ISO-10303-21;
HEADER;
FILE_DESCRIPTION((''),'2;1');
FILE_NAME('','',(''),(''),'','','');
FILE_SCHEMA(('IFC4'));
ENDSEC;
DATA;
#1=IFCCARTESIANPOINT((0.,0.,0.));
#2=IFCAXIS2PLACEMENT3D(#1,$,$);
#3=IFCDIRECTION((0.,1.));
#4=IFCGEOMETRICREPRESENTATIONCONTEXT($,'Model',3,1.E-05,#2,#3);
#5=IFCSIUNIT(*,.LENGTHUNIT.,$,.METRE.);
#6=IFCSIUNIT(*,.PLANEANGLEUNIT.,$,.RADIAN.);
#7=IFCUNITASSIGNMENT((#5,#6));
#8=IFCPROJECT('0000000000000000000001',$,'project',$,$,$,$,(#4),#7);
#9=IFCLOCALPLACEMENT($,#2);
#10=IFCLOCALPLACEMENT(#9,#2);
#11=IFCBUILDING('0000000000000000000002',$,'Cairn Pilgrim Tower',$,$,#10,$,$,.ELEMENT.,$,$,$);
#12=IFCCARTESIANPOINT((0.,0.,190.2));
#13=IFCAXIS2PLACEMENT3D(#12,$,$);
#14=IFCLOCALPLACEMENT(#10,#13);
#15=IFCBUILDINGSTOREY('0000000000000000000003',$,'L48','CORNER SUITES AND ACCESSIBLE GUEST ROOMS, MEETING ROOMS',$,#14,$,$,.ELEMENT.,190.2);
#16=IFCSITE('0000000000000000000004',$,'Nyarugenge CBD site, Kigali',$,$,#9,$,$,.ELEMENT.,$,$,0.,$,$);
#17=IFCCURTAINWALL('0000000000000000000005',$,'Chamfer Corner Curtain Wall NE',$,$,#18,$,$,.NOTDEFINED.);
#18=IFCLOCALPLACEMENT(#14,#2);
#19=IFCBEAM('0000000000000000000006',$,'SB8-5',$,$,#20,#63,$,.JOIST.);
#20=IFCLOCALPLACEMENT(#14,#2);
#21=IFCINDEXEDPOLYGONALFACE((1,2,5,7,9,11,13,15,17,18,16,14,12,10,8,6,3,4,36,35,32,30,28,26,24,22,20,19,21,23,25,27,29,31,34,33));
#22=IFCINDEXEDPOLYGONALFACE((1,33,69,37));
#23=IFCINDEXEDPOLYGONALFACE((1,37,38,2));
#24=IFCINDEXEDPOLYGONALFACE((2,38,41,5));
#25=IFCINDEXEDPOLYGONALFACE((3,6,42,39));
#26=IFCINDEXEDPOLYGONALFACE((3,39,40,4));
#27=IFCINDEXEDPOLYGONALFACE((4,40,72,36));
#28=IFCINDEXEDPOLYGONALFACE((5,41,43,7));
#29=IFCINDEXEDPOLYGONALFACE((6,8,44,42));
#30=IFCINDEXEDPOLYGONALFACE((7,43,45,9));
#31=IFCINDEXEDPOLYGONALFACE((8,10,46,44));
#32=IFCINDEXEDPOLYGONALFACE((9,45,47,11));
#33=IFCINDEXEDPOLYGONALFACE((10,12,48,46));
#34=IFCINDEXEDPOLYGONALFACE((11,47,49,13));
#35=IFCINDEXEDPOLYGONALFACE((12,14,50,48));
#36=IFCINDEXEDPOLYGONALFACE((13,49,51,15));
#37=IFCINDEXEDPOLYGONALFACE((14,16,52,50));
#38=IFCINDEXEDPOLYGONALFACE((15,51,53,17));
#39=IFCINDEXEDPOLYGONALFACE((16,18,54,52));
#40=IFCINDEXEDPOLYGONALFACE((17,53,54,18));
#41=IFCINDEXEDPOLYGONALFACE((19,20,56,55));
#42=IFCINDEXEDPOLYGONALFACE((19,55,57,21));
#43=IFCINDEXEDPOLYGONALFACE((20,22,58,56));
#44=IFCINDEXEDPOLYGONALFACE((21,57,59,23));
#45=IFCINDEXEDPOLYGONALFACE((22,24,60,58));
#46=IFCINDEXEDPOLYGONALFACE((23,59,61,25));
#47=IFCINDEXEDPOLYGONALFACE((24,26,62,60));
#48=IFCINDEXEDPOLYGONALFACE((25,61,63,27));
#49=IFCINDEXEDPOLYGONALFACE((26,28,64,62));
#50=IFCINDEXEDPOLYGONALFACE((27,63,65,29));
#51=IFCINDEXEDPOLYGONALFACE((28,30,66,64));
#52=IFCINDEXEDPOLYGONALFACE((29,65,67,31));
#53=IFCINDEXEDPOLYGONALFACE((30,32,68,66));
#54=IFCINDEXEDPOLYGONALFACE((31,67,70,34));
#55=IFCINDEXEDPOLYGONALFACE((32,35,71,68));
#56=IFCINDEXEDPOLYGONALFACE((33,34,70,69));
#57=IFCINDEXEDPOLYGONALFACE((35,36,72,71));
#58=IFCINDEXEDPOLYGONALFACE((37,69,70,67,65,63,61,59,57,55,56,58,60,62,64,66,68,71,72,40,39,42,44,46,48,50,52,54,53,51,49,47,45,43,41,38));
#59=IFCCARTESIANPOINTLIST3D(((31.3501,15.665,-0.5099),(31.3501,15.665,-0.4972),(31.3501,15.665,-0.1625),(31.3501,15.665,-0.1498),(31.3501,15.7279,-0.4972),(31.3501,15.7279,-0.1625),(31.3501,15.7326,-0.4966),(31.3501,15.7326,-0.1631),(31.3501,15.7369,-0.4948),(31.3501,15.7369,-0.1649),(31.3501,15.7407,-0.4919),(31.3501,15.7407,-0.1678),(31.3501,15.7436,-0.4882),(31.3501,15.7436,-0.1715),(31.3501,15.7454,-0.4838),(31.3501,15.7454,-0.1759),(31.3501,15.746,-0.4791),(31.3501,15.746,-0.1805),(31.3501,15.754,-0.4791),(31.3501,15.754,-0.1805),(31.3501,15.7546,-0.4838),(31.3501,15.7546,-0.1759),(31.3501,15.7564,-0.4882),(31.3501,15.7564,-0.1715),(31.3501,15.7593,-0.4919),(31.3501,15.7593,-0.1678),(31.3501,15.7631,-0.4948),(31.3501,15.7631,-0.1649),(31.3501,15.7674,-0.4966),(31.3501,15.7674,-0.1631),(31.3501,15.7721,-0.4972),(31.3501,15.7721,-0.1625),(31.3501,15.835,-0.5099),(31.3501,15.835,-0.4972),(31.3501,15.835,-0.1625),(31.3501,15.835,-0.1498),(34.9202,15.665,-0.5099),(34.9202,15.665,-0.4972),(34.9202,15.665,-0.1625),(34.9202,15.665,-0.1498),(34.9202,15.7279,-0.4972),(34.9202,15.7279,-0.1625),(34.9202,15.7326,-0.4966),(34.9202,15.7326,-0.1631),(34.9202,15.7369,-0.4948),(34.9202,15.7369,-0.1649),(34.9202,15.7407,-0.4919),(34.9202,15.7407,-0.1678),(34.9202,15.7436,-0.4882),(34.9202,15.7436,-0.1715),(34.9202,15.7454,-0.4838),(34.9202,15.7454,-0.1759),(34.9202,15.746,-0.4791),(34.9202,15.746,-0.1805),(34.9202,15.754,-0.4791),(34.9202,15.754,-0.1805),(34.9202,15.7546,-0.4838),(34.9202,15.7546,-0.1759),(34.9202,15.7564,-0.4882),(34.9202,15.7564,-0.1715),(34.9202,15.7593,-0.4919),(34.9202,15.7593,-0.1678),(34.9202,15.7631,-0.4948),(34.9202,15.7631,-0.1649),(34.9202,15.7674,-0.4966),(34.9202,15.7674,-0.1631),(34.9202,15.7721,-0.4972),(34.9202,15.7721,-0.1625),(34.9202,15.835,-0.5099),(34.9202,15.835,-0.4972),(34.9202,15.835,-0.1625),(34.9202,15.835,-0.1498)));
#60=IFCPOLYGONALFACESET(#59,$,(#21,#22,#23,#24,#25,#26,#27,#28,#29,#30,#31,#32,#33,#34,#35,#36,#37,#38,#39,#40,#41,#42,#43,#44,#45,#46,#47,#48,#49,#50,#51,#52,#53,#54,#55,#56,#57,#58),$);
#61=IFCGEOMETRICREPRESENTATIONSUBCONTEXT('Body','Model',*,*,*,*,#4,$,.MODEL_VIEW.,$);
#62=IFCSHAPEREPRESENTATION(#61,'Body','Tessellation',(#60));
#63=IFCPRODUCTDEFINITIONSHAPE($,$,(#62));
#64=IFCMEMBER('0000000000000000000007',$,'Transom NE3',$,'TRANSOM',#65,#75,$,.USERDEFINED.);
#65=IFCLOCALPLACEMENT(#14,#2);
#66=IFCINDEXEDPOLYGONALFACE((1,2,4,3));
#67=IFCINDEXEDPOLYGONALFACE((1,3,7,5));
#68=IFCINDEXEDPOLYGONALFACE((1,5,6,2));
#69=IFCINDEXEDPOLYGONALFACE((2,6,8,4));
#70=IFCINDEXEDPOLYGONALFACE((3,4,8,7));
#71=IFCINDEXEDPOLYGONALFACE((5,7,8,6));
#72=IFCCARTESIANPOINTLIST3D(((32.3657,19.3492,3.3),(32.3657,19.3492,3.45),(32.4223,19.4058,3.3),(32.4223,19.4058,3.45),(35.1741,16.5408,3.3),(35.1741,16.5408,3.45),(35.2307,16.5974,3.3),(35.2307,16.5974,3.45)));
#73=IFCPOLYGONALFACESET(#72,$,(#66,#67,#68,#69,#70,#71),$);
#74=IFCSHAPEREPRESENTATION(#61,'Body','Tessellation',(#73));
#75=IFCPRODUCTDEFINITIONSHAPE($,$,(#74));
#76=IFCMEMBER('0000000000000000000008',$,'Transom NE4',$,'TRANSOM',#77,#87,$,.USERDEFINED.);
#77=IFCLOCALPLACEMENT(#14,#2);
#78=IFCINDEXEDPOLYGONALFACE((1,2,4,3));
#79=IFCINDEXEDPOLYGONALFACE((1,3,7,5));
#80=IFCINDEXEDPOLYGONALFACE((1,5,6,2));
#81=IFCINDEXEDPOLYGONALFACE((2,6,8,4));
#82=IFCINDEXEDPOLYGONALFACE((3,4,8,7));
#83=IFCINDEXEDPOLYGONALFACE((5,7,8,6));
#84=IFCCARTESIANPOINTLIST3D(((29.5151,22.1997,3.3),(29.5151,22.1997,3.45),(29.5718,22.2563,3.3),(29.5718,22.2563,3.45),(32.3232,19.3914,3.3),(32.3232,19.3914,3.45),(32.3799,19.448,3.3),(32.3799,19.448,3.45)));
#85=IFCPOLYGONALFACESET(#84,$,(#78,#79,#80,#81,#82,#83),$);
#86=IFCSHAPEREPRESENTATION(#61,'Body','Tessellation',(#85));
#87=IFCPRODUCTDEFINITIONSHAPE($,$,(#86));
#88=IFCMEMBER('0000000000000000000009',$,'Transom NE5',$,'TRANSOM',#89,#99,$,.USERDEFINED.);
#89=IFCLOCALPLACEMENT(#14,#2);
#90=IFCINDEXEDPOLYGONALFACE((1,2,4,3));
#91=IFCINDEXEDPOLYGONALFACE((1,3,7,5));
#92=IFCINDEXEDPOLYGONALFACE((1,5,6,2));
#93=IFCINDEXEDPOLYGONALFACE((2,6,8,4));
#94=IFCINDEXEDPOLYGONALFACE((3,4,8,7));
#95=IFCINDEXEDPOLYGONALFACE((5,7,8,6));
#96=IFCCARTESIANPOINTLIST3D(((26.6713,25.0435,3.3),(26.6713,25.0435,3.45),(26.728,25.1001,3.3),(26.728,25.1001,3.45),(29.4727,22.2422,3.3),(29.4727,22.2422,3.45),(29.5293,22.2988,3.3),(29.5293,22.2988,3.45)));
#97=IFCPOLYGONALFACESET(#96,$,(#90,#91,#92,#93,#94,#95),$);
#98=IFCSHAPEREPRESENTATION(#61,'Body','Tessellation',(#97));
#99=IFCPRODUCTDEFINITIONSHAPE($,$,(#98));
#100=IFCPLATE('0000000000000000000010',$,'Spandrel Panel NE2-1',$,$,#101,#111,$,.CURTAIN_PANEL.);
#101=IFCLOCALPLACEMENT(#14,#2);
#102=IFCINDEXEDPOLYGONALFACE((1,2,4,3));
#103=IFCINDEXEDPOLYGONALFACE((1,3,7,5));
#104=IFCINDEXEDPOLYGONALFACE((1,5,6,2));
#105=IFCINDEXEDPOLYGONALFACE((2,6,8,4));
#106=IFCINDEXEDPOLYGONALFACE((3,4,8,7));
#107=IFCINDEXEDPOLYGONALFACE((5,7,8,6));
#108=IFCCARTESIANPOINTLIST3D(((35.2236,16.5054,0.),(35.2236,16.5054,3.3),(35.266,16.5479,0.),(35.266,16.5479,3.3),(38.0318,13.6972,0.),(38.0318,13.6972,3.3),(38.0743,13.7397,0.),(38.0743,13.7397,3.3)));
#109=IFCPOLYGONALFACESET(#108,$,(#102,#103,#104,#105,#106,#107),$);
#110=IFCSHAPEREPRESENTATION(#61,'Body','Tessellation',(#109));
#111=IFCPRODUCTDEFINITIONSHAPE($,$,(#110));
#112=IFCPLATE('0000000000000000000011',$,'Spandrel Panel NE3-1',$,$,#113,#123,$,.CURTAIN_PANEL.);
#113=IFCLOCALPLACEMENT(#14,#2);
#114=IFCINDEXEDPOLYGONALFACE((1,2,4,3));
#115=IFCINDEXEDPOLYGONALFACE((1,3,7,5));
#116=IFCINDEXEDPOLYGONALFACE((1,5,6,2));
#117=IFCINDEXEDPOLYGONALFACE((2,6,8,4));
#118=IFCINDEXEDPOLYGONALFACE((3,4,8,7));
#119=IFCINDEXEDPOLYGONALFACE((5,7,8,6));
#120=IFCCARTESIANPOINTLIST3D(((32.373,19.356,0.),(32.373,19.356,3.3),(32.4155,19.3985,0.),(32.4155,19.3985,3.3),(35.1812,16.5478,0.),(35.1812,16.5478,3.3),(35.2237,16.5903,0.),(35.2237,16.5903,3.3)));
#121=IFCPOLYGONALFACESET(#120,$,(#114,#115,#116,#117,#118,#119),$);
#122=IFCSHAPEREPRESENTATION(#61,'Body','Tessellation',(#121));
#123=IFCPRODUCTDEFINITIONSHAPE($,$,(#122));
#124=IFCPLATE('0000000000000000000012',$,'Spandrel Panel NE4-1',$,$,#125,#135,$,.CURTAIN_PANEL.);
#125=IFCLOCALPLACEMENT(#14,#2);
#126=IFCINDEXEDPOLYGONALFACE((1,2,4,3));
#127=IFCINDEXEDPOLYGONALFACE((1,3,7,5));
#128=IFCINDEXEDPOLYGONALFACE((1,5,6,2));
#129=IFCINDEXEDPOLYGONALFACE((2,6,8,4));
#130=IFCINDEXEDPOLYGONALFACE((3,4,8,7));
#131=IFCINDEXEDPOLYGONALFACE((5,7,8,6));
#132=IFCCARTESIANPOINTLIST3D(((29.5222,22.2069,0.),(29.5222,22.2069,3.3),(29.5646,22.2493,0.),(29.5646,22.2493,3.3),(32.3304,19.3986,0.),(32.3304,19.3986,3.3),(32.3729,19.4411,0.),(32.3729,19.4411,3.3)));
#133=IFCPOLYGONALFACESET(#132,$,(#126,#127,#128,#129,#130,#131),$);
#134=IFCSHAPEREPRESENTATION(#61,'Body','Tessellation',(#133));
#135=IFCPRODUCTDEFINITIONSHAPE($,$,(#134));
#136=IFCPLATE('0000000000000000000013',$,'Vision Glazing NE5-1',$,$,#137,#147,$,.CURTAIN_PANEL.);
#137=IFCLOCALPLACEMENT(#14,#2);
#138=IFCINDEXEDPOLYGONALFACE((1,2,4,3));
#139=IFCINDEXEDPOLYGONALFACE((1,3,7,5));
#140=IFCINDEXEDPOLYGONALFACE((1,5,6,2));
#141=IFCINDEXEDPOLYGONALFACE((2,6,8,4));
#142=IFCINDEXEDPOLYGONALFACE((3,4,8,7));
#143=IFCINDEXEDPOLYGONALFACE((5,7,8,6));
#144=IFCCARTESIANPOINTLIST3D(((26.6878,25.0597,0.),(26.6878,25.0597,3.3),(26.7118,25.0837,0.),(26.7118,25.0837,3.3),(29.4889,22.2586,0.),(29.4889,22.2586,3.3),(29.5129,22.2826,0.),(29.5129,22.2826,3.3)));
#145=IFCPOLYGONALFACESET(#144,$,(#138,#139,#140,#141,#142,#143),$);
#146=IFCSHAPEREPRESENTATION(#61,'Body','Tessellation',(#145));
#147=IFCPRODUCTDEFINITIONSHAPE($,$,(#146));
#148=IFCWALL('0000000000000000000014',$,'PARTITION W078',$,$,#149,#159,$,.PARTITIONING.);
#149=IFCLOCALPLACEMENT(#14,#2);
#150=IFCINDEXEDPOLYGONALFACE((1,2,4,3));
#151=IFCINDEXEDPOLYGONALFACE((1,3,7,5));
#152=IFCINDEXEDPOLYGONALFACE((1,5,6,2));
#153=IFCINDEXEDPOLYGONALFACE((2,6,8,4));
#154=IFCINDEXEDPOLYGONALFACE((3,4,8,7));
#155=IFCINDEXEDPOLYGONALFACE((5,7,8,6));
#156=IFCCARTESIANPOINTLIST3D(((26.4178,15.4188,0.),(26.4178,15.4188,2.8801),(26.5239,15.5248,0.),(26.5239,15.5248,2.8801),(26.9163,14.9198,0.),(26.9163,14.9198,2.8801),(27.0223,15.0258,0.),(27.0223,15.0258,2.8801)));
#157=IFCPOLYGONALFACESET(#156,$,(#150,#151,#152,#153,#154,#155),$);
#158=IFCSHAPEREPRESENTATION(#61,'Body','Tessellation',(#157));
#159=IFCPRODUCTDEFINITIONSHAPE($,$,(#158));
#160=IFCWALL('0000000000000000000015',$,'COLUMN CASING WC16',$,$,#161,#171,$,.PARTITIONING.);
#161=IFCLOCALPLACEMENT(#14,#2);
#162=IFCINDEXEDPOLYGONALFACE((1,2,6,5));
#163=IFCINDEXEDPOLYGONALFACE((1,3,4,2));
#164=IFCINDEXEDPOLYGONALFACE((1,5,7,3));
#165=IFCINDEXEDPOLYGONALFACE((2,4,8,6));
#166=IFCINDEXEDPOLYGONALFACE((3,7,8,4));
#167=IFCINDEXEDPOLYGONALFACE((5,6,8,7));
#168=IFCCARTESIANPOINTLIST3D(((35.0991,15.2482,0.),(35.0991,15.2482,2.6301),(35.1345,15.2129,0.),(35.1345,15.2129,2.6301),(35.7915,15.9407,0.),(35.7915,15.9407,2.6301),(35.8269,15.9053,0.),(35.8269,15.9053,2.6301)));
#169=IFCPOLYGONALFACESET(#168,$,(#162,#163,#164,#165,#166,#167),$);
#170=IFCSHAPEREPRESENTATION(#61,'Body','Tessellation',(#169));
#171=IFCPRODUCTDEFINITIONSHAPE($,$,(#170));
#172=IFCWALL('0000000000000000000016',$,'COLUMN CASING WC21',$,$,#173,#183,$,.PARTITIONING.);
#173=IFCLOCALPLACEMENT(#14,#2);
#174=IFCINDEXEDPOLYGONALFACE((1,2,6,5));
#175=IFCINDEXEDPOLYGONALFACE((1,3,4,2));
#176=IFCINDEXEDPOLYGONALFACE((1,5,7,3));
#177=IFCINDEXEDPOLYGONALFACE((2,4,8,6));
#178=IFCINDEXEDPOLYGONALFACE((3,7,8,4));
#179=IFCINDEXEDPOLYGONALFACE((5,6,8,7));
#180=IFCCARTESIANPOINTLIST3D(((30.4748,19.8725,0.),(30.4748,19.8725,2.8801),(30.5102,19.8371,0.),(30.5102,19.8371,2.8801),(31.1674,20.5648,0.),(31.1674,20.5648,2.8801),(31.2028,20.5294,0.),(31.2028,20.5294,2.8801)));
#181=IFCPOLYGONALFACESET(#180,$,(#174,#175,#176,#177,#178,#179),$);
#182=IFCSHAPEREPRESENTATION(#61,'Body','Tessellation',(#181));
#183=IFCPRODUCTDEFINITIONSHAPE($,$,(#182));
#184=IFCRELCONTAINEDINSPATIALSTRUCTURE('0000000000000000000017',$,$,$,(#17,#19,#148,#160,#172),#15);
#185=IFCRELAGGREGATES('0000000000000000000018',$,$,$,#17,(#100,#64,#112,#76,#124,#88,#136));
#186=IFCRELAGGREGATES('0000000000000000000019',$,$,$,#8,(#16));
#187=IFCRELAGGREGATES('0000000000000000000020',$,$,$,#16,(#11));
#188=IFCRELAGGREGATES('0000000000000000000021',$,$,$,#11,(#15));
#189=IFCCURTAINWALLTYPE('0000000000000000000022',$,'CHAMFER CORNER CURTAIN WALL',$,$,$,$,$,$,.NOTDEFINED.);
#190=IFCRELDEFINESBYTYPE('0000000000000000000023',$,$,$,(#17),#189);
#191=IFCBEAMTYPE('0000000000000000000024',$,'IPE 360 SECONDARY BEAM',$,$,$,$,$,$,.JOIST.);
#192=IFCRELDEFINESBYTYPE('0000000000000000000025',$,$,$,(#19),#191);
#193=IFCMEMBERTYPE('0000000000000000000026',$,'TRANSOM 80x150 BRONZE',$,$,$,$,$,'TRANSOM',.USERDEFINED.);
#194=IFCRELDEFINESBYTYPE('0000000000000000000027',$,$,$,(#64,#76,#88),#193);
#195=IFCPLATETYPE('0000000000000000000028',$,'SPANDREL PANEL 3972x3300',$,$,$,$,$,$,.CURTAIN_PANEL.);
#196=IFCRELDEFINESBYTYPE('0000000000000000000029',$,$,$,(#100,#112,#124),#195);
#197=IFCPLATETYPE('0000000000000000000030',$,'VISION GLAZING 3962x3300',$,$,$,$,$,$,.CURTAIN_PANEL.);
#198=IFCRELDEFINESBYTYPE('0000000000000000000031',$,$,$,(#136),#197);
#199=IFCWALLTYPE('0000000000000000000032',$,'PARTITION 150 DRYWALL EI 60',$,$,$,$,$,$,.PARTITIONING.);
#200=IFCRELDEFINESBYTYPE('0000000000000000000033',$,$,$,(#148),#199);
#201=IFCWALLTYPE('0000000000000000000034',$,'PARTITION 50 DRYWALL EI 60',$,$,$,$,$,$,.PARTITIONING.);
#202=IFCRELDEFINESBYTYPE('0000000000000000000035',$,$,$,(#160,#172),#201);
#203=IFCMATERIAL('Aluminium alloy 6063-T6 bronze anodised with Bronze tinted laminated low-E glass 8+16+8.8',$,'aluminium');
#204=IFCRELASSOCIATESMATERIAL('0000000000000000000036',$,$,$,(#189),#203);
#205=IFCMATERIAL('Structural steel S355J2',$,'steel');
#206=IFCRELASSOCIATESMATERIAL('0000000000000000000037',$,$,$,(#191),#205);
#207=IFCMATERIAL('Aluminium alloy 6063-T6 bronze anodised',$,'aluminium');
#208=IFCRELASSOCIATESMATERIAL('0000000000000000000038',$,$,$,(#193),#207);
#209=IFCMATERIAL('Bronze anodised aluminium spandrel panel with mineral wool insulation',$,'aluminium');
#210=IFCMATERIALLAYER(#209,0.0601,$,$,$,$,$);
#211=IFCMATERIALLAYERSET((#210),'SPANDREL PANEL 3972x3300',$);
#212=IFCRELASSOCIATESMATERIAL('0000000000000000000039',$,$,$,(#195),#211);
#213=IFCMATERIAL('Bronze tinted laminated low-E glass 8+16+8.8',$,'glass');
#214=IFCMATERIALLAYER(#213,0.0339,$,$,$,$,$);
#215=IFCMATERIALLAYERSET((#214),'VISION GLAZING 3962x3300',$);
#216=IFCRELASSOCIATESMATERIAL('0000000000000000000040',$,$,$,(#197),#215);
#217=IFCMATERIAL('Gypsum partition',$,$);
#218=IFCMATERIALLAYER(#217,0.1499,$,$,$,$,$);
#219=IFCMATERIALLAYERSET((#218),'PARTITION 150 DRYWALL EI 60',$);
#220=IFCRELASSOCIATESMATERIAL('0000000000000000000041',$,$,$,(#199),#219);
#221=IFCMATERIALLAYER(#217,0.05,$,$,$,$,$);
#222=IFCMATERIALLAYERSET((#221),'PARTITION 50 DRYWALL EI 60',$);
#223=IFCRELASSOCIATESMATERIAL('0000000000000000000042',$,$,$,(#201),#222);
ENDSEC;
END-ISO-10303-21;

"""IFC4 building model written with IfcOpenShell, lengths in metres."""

from ifc_helpers import new_model, si_unit, direction, frame, frame_2d, origin, origin_2d, place, context, subcontext, project, spatial, rectangle, i_section, extrude, material, layer, layer_set, material_profile, profile_set, type_object, element, aggregate, save


model = new_model("IFC4")

# Units and contexts
model_context = context("Model", 3, precision=1e-05, world=origin(), true_north=direction((0.0, 1.0)))
body_context = subcontext(model_context, "Body", "Model", "MODEL_VIEW")
ifc_project = project(units=[si_unit("LENGTHUNIT", "METRE"), si_unit("PLANEANGLEUNIT", "RADIAN")], contexts=[model_context])

# Site, building, storey
site_placement = place(None, origin())
site = spatial("IfcSite", under=ifc_project, at=site_placement, Name="Nyarugenge CBD site, Kigali", CompositionType="ELEMENT", RefElevation=0.0)
building_placement = place(site_placement, origin())
building = spatial("IfcBuilding", under=site, at=building_placement, Name="Cairn Pilgrim Tower", CompositionType="ELEMENT")
storey_placement = place(building_placement, frame((0.0, 0.0, 190.2)))
storey = spatial("IfcBuildingStorey", under=building, at=storey_placement, Name="L48", Description="CORNER SUITES AND ACCESSIBLE GUEST ROOMS, MEETING ROOMS", CompositionType="ELEMENT", Elevation=190.2)

# Shared definitions
ifc_material_1 = material(Name="Structural steel S355J2", Category="steel")

# Curtain wall
ifc_material_2 = material(Name="Aluminium alloy 6063-T6 bronze anodised with Bronze tinted laminated low-E glass 8+16+8.8", Category="aluminium")
curtain_wall_type_1 = type_object("IfcCurtainWallType", Name="CHAMFER CORNER CURTAIN WALL", PredefinedType="NOTDEFINED", material=ifc_material_2)
curtain_wall_1_placement = place(storey_placement, origin())
curtain_wall_1 = element("IfcCurtainWall", 1, at=curtain_wall_1_placement, inside=storey, type_object=curtain_wall_type_1, Name="Chamfer Corner Curtain Wall NE", PredefinedType="NOTDEFINED")
ifc_material_3 = material(Name="Aluminium alloy 6063-T6 bronze anodised", Category="aluminium")

# Beam
ifc_material_profile_1 = material_profile(ifc_material_1, i_section(OverallWidth=0.1699, OverallDepth=0.3601, WebThickness=0.0081, FlangeThickness=0.0127, FilletRadius=0.0181, at=origin_2d()), Name="IPE 360")
ifc_profile_set_1 = profile_set([ifc_material_profile_1], Name="Structural steel S355J2")
beam_type_1 = type_object("IfcBeamType", Name="IPE 360 SECONDARY BEAM", PredefinedType="JOIST", material=ifc_profile_set_1)
beam_1_placement = place(storey_placement, frame((31.3501, 15.75, -0.3298), z_axis=(1.0, 0.0, 0.0), x_axis=(0.0, 1.0, 0.0)))
element("IfcBeam", 2, at=beam_1_placement, inside=storey, type_object=beam_type_1, Name="SB8-5", PredefinedType="JOIST", context=body_context, shape_type="SweptSolid", body=[
    extrude(i_section(OverallWidth=0.1699, OverallDepth=0.3601, WebThickness=0.0081, FlangeThickness=0.0127, FilletRadius=0.0181, at=origin_2d()), origin(), (0.0, 0.0, 1.0), 3.5701),
])

# Members
ifc_material_profile_2 = material_profile(ifc_material_3, rectangle(XDim=0.0801, YDim=0.1499, at=origin_2d()), Name="TRANSOM 80x150 BRONZE")
ifc_profile_set_2 = profile_set([ifc_material_profile_2], Name="Aluminium alloy 6063-T6 bronze anodised")
member_type_1 = type_object("IfcMemberType", Name="TRANSOM 80x150 BRONZE", ElementType="TRANSOM", PredefinedType="USERDEFINED", material=ifc_profile_set_2)
member_1_placement = place(storey_placement, frame((35.2024, 16.5691, 3.375), z_axis=(-0.707107, 0.707107, 0.0), x_axis=(-0.707107, -0.707107, 0.0)))
member_1 = element("IfcMember", 3, at=member_1_placement, type_object=member_type_1, Name="Transom NE3", ObjectType="TRANSOM", PredefinedType="USERDEFINED", context=body_context, shape_type="SweptSolid", body=[
    extrude(rectangle(XDim=0.0801, YDim=0.1499, at=origin_2d()), origin(), (0.0, 0.0, 1.0), 3.9717),
])
member_2_placement = place(storey_placement, frame((32.3516, 19.4197, 3.375), z_axis=(-0.707076, 0.707138, 0.0), x_axis=(-0.707138, -0.707076, 0.0)))
member_2 = element("IfcMember", 4, at=member_2_placement, type_object=member_type_1, Name="Transom NE4", ObjectType="TRANSOM", PredefinedType="USERDEFINED", context=body_context, shape_type="SweptSolid", body=[
    extrude(rectangle(XDim=0.0801, YDim=0.1499, at=origin_2d()), origin(), (0.0, 0.0, 1.0), 3.9714),
])
member_3_placement = place(storey_placement, frame((29.501, 22.2705, 3.375), z_axis=(-0.707107, 0.707107, 0.0), x_axis=(-0.707107, -0.707107, 0.0)))
member_3 = element("IfcMember", 5, at=member_3_placement, type_object=member_type_1, Name="Transom NE5", ObjectType="TRANSOM", PredefinedType="USERDEFINED", context=body_context, shape_type="SweptSolid", body=[
    extrude(rectangle(XDim=0.0801, YDim=0.1499, at=origin_2d()), origin(), (0.0, 0.0, 1.0), 3.9617),
])

# Plates
ifc_material_4 = material(Name="Bronze anodised aluminium spandrel panel with mineral wool insulation", Category="aluminium")
ifc_layer_1 = layer(ifc_material_4, 0.0601)
ifc_layer_set_1 = layer_set([ifc_layer_1], Name="SPANDREL PANEL 3972x3300")
plate_type_1 = type_object("IfcPlateType", Name="SPANDREL PANEL 3972x3300", PredefinedType="CURTAIN_PANEL", material=ifc_layer_set_1)
plate_1_placement = place(storey_placement, frame((36.6489, 15.1226, 0.0), z_axis=(0.0, 0.0, 1.0), x_axis=(-0.707107, 0.707107, 0.0)))
plate_1 = element("IfcPlate", 6, at=plate_1_placement, type_object=plate_type_1, Name="Spandrel Panel NE2-1", PredefinedType="CURTAIN_PANEL", context=body_context, shape_type="SweptSolid", body=[
    extrude(rectangle(XDim=3.9714, YDim=0.0601, at=origin_2d()), origin(), (0.0, 0.0, 1.0), 3.3),
])
plate_2_placement = place(storey_placement, frame((33.7983, 17.9731, 0.0), z_axis=(0.0, 0.0, 1.0), x_axis=(-0.707107, 0.707107, 0.0)))
plate_2 = element("IfcPlate", 7, at=plate_2_placement, type_object=plate_type_1, Name="Spandrel Panel NE3-1", PredefinedType="CURTAIN_PANEL", context=body_context, shape_type="SweptSolid", body=[
    extrude(rectangle(XDim=3.9714, YDim=0.0601, at=origin_2d()), origin(), (0.0, 0.0, 1.0), 3.3),
])
plate_3_placement = place(storey_placement, frame((30.9475, 20.824, 0.0), z_axis=(0.0, 0.0, 1.0), x_axis=(-0.707107, 0.707107, 0.0)))
plate_3 = element("IfcPlate", 8, at=plate_3_placement, type_object=plate_type_1, Name="Spandrel Panel NE4-1", PredefinedType="CURTAIN_PANEL", context=body_context, shape_type="SweptSolid", body=[
    extrude(rectangle(XDim=3.9714, YDim=0.0601, at=origin_2d()), origin(), (0.0, 0.0, 1.0), 3.3),
])
ifc_material_5 = material(Name="Bronze tinted laminated low-E glass 8+16+8.8", Category="glass")
ifc_layer_2 = layer(ifc_material_5, 0.0339)
ifc_layer_set_2 = layer_set([ifc_layer_2], Name="VISION GLAZING 3962x3300")
plate_type_2 = type_object("IfcPlateType", Name="VISION GLAZING 3962x3300", PredefinedType="CURTAIN_PANEL", material=ifc_layer_set_2)
plate_4_placement = place(storey_placement, frame((28.1003, 23.6711, 0.0), z_axis=(0.0, 0.0, 1.0), x_axis=(-0.707107, 0.707107, 0.0)))
plate_4 = element("IfcPlate", 9, at=plate_4_placement, type_object=plate_type_2, Name="Vision Glazing NE5-1", PredefinedType="CURTAIN_PANEL", context=body_context, shape_type="SweptSolid", body=[
    extrude(rectangle(XDim=3.9614, YDim=0.0339, at=origin_2d()), origin(), (0.0, 0.0, 1.0), 3.3),
])
aggregate(curtain_wall_1, [plate_1, member_1, plate_2, member_2, plate_3, member_3, plate_4])

# Walls
ifc_material_6 = material(Name="Gypsum partition")
ifc_layer_3 = layer(ifc_material_6, 0.1499)
ifc_layer_set_3 = layer_set([ifc_layer_3], Name="PARTITION 150 DRYWALL EI 60")
wall_type_1 = type_object("IfcWallType", Name="PARTITION 150 DRYWALL EI 60", PredefinedType="PARTITIONING", material=ifc_layer_set_3)
wall_1_placement = place(storey_placement, frame((26.9692, 14.9729, 0.0), z_axis=(0.0, 0.0, 1.0), x_axis=(-0.706761, 0.707453, 0.0)))
element("IfcWall", 10, at=wall_1_placement, inside=storey, type_object=wall_type_1, Name="PARTITION W078", PredefinedType="PARTITIONING", context=body_context, shape_type="SweptSolid", body=[
    extrude(rectangle(XDim=0.7053, YDim=0.1499, at=frame_2d((0.3525, 0.0))), origin(), (0.0, 0.0, 1.0), 2.8801),
])
ifc_layer_4 = layer(ifc_material_6, 0.05)
ifc_layer_set_4 = layer_set([ifc_layer_4], Name="PARTITION 50 DRYWALL EI 60")
wall_type_2 = type_object("IfcWallType", Name="PARTITION 50 DRYWALL EI 60", PredefinedType="PARTITIONING", material=ifc_layer_set_4)
wall_2_placement = place(storey_placement, frame((35.1167, 15.2305, 0.0), z_axis=(0.0, 0.0, 1.0), x_axis=(0.707107, 0.707107, 0.0)))
element("IfcWall", 11, at=wall_2_placement, inside=storey, type_object=wall_type_2, Name="COLUMN CASING WC16", PredefinedType="PARTITIONING", context=body_context, shape_type="SweptSolid", body=[
    extrude(rectangle(XDim=0.9792, YDim=0.05, at=frame_2d((0.4897, 0.0))), origin(), (0.0, 0.0, 1.0), 2.6301),
])
wall_3_placement = place(storey_placement, frame((30.4924, 19.8547, 0.0), z_axis=(0.0, 0.0, 1.0), x_axis=(0.707231, 0.706982, 0.0)))
element("IfcWall", 12, at=wall_3_placement, inside=storey, type_object=wall_type_2, Name="COLUMN CASING WC21", PredefinedType="PARTITIONING", context=body_context, shape_type="SweptSolid", body=[
    extrude(rectangle(XDim=0.9792, YDim=0.05, at=frame_2d((0.4897, 0.0))), origin(), (0.0, 0.0, 1.0), 2.8801),
])

save(model, "model.ifc")
